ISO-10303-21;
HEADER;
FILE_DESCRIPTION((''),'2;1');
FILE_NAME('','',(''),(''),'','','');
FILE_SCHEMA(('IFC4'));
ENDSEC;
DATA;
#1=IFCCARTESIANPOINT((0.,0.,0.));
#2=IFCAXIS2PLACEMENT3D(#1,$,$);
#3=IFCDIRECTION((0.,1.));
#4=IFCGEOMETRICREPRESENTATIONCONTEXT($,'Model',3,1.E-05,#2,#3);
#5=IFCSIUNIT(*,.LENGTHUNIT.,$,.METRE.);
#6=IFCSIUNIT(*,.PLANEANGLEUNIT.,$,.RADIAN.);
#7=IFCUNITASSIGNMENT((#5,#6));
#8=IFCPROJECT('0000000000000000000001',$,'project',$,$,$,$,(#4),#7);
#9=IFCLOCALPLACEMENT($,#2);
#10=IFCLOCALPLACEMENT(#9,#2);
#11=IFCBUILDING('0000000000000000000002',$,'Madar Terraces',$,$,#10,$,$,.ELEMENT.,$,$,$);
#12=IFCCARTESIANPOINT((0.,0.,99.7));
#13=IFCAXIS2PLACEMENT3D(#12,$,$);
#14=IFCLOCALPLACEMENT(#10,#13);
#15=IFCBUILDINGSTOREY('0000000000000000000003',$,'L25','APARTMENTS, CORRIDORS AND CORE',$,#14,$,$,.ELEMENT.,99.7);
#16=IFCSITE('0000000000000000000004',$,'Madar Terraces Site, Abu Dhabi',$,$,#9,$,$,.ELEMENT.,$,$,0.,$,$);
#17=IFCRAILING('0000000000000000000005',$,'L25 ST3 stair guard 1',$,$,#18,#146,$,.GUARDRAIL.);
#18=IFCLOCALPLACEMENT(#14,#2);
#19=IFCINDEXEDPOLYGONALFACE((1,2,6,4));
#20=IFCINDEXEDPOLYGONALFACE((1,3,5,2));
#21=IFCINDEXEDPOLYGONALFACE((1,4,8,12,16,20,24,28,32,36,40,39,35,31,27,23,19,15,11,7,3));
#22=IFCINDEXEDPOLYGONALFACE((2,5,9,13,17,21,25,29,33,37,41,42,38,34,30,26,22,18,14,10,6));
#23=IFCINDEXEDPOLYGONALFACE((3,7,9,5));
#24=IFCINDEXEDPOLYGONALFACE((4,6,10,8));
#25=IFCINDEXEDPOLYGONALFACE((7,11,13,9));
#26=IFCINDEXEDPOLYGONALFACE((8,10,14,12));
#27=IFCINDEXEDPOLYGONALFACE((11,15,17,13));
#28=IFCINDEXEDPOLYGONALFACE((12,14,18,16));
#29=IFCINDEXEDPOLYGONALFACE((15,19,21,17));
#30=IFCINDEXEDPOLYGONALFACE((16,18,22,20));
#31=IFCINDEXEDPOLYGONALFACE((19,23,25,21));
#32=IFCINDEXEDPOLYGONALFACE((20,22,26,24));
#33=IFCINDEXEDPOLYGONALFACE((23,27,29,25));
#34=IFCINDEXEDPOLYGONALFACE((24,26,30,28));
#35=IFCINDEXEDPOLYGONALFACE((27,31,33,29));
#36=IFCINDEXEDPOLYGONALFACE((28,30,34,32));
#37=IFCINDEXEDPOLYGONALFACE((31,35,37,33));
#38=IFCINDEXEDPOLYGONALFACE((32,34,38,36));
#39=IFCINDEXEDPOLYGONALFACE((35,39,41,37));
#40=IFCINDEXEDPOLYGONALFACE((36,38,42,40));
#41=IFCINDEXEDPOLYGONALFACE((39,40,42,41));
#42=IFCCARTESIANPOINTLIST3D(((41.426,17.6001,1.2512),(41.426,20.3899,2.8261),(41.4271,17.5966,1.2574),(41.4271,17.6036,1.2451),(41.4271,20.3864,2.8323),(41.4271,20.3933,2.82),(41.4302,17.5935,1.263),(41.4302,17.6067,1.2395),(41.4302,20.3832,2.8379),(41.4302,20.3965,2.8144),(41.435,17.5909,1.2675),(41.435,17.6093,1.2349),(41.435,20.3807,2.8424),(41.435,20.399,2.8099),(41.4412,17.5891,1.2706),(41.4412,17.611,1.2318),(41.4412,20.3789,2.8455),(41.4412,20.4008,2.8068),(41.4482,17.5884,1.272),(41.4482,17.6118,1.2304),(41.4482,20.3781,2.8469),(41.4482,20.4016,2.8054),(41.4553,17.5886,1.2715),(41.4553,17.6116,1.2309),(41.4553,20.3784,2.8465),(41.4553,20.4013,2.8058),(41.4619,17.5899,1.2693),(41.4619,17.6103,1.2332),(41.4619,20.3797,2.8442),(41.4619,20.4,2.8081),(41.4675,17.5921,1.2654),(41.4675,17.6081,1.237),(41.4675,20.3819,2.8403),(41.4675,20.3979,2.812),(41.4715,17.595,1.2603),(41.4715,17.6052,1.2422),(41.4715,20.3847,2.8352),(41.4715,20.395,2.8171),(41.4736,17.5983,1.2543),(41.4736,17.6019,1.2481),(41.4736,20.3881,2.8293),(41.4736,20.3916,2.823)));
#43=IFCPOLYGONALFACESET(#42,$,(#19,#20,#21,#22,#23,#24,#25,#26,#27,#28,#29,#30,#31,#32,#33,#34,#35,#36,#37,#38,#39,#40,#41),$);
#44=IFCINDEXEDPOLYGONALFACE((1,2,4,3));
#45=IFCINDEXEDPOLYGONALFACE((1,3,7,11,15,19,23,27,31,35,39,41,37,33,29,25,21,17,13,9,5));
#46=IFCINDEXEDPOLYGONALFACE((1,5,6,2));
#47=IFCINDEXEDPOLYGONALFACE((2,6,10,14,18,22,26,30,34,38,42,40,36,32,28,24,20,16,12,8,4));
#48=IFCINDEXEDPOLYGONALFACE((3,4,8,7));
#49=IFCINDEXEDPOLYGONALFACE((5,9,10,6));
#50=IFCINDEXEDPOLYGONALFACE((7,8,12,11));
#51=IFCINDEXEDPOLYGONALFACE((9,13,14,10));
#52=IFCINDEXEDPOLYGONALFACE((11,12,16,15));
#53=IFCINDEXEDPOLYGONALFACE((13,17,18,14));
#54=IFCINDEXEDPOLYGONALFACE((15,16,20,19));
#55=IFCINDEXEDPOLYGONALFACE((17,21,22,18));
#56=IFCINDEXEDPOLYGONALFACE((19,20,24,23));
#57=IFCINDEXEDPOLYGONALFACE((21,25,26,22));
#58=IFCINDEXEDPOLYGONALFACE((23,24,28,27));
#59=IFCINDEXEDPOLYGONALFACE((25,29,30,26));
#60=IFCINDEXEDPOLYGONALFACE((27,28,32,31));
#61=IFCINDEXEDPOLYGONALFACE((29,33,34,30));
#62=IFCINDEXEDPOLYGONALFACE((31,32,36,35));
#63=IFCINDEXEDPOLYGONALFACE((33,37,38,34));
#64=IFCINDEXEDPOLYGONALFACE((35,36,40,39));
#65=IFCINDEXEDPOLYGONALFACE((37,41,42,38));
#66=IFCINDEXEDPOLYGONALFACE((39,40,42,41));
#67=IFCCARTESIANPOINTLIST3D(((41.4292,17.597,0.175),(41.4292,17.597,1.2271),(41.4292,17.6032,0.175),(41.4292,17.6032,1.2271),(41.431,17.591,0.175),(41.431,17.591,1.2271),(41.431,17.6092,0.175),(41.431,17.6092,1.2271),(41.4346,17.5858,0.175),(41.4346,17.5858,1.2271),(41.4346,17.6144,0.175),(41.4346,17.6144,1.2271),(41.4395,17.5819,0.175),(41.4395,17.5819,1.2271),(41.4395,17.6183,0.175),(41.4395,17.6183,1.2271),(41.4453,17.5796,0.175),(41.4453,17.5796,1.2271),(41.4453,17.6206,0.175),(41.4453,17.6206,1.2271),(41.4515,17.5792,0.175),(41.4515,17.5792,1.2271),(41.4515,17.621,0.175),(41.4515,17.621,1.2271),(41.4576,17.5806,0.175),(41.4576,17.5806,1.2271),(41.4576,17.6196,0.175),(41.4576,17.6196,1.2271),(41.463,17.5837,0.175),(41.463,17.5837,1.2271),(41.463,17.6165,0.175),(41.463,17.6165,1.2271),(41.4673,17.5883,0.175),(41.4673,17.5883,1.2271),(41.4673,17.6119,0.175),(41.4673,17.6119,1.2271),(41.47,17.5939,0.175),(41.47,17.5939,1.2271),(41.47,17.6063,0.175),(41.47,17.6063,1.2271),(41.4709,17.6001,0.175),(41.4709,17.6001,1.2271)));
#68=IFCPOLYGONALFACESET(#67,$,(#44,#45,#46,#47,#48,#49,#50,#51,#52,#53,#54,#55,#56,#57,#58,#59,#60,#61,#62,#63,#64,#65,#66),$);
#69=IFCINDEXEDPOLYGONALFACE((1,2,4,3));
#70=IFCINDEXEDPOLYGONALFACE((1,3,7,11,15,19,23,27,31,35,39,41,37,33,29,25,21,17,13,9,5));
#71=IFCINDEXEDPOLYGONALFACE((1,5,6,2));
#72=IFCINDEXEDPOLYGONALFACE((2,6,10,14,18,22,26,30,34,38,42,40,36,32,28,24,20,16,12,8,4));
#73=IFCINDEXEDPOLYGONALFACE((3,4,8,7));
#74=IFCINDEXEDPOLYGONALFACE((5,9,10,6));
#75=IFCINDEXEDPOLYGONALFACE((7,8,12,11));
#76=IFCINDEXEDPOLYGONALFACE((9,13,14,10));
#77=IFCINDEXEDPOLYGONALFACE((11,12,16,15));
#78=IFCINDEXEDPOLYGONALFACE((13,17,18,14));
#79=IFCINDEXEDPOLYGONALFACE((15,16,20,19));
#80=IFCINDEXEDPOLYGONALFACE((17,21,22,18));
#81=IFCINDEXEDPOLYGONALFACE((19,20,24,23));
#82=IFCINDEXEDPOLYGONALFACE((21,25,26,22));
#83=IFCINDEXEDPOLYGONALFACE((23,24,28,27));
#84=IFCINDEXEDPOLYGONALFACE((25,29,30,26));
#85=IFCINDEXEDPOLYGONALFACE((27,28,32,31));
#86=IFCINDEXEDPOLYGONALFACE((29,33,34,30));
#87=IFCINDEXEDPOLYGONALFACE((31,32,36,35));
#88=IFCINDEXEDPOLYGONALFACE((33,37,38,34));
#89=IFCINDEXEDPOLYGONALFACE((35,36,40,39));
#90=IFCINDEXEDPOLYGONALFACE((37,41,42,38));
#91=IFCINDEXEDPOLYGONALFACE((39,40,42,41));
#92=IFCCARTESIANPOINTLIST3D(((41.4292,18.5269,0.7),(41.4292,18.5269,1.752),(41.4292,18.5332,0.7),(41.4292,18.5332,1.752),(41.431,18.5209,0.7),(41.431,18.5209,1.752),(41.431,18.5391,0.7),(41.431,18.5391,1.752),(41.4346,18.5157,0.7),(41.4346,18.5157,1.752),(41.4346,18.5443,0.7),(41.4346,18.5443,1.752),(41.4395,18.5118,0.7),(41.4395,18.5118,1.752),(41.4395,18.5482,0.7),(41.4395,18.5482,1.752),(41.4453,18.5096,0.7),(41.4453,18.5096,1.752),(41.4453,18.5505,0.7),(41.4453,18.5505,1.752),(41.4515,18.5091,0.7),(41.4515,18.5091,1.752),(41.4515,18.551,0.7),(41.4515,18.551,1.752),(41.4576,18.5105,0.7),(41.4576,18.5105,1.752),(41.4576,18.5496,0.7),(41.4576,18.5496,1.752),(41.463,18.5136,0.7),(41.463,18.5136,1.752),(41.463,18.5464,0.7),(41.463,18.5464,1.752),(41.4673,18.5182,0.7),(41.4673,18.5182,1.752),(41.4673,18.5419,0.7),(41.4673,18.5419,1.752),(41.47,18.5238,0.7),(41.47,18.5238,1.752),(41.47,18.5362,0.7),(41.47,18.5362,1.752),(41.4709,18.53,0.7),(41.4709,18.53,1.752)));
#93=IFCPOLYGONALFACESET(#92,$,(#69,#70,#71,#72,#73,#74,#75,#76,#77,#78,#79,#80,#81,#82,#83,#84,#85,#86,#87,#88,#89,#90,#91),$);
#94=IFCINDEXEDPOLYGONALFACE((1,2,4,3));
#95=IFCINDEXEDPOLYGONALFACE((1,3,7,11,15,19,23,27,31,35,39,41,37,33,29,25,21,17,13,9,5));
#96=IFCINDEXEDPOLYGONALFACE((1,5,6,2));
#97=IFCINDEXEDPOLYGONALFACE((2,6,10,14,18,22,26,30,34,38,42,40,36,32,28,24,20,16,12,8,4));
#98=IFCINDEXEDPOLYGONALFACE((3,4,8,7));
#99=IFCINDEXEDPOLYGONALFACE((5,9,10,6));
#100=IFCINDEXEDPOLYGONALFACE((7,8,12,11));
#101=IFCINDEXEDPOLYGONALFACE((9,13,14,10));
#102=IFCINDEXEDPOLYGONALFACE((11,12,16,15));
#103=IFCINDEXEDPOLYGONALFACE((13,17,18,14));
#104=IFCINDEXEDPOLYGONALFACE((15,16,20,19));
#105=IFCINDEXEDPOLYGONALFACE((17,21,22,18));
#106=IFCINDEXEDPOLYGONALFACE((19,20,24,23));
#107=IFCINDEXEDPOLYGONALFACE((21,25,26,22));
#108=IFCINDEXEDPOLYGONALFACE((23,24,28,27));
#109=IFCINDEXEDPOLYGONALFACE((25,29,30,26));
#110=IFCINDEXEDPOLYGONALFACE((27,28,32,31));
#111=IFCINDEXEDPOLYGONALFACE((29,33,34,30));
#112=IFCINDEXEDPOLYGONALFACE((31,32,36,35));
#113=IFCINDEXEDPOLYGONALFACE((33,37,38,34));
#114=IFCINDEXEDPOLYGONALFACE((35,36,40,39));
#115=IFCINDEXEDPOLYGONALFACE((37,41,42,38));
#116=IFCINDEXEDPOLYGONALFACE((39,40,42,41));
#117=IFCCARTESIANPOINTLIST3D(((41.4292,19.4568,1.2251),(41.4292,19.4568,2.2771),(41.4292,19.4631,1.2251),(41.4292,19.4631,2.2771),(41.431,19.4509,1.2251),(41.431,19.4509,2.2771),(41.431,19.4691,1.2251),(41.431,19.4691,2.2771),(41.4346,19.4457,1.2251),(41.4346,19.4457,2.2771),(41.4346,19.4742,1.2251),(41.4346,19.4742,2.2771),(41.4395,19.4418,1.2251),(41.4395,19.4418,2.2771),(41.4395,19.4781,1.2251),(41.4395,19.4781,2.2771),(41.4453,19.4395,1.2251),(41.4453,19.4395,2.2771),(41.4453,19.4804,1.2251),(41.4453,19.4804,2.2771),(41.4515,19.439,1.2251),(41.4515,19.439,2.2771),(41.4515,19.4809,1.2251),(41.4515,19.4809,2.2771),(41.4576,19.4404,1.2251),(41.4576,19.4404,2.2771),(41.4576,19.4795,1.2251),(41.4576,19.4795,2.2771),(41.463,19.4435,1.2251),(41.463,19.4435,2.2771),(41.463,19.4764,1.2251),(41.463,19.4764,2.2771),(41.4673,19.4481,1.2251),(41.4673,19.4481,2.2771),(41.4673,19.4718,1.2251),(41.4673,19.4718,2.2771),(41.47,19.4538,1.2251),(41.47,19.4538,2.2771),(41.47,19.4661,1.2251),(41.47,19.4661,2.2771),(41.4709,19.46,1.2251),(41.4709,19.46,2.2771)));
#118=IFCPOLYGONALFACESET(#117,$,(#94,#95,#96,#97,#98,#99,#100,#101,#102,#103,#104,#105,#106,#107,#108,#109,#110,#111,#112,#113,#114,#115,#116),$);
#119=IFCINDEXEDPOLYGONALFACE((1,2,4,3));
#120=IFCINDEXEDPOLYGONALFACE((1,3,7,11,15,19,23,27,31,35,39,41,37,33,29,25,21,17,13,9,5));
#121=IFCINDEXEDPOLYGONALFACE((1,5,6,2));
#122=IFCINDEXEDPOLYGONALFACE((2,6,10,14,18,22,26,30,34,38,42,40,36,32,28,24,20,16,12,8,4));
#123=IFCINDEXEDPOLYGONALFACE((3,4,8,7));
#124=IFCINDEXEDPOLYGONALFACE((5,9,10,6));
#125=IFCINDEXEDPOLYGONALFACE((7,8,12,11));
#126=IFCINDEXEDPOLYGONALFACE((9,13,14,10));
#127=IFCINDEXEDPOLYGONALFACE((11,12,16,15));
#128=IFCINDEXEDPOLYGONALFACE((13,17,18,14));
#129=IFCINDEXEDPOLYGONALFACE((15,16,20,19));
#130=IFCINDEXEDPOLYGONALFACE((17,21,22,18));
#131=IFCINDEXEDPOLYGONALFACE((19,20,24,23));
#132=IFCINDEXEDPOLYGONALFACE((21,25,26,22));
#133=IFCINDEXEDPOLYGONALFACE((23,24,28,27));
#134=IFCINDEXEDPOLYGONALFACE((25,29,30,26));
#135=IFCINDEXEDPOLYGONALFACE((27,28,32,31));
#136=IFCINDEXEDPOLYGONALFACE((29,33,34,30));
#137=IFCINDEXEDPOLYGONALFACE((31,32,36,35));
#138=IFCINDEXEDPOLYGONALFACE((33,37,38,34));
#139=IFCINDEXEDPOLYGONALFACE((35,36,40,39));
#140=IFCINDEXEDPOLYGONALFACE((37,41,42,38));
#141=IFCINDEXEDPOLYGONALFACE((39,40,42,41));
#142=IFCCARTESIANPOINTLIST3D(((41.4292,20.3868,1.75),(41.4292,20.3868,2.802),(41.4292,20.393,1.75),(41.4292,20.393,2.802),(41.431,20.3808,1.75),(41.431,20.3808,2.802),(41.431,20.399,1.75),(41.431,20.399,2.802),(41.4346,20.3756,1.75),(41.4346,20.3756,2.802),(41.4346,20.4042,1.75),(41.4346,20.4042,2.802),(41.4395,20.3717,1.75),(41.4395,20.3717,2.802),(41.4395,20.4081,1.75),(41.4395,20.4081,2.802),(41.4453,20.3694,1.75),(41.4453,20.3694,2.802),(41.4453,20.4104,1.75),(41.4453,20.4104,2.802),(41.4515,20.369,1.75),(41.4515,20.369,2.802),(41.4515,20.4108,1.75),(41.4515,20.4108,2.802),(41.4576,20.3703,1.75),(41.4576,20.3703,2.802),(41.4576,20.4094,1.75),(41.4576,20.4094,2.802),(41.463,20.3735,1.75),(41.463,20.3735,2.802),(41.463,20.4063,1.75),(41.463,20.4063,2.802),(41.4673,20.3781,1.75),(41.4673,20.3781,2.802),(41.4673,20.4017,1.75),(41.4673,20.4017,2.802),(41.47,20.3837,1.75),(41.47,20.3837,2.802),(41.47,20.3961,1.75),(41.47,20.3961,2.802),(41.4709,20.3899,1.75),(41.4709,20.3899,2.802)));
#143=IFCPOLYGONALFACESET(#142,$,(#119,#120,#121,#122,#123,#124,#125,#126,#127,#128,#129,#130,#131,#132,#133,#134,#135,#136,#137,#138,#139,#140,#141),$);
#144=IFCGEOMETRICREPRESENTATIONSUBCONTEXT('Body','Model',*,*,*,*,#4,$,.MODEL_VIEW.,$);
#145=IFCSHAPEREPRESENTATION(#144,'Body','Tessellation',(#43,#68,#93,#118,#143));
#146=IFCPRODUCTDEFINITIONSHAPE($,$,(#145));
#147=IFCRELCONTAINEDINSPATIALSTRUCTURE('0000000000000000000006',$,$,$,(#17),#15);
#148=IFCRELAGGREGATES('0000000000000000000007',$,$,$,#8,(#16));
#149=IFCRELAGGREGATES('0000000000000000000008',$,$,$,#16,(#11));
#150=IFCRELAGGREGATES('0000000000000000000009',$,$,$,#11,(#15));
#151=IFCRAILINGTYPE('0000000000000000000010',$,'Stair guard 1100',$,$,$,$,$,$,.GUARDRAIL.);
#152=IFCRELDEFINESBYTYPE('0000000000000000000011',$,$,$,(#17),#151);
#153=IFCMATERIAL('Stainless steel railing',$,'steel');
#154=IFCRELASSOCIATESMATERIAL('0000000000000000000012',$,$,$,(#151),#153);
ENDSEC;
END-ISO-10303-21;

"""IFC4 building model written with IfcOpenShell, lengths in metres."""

from ifc_helpers import new_model, si_unit, direction, frame, origin, origin_2d, place, context, subcontext, project, spatial, circle, extrude, material, type_object, element, save


model = new_model("IFC4")

# Units and contexts
model_context = context("Model", 3, precision=1e-05, world=origin(), true_north=direction((0.0, 1.0)))
body_context = subcontext(model_context, "Body", "Model", "MODEL_VIEW")
ifc_project = project(units=[si_unit("LENGTHUNIT", "METRE"), si_unit("PLANEANGLEUNIT", "RADIAN")], contexts=[model_context])

# Site, building, storey
site_placement = place(None, origin())
site = spatial("IfcSite", under=ifc_project, at=site_placement, Name="Madar Terraces Site, Abu Dhabi", CompositionType="ELEMENT", RefElevation=0.0)
building_placement = place(site_placement, origin())
building = spatial("IfcBuilding", under=site, at=building_placement, Name="Madar Terraces", CompositionType="ELEMENT")
storey_placement = place(building_placement, frame((0.0, 0.0, 99.7)))
storey = spatial("IfcBuildingStorey", under=building, at=storey_placement, Name="L25", Description="APARTMENTS, CORRIDORS AND CORE", CompositionType="ELEMENT", Elevation=99.7)

# Railing
ifc_material_1 = material(Name="Stainless steel railing", Category="steel")
railing_type_1 = type_object("IfcRailingType", Name="Stair guard 1100", PredefinedType="GUARDRAIL", material=ifc_material_1)
railing_1_placement = place(storey_placement, frame((41.45, 17.6001, 0.175)))
element("IfcRailing", 1, at=railing_1_placement, inside=storey, type_object=railing_type_1, Name="L25 ST3 stair guard 1", PredefinedType="GUARDRAIL", context=body_context, shape_type="SweptSolid", body=[
    extrude(circle(Radius=0.0239, at=origin_2d()), frame((0.0, 0.0, 1.0762), z_axis=(0.0, 0.870815, 0.49161), x_axis=(-1.0, 0.0, 0.0)), (0.0, 0.0, 1.0), 3.2036),
    extrude(circle(Radius=0.021, at=origin_2d()), origin(), (0.0, 0.0, 1.0), 1.052),
    extrude(circle(Radius=0.021, at=origin_2d()), frame((0.0, 0.9299, 0.5249)), (0.0, 0.0, 1.0), 1.052),
    extrude(circle(Radius=0.021, at=origin_2d()), frame((0.0, 1.8599, 1.05)), (0.0, 0.0, 1.0), 1.052),
    extrude(circle(Radius=0.021, at=origin_2d()), frame((0.0, 2.7898, 1.575)), (0.0, 0.0, 1.0), 1.052),
])

save(model, "model.ifc")
